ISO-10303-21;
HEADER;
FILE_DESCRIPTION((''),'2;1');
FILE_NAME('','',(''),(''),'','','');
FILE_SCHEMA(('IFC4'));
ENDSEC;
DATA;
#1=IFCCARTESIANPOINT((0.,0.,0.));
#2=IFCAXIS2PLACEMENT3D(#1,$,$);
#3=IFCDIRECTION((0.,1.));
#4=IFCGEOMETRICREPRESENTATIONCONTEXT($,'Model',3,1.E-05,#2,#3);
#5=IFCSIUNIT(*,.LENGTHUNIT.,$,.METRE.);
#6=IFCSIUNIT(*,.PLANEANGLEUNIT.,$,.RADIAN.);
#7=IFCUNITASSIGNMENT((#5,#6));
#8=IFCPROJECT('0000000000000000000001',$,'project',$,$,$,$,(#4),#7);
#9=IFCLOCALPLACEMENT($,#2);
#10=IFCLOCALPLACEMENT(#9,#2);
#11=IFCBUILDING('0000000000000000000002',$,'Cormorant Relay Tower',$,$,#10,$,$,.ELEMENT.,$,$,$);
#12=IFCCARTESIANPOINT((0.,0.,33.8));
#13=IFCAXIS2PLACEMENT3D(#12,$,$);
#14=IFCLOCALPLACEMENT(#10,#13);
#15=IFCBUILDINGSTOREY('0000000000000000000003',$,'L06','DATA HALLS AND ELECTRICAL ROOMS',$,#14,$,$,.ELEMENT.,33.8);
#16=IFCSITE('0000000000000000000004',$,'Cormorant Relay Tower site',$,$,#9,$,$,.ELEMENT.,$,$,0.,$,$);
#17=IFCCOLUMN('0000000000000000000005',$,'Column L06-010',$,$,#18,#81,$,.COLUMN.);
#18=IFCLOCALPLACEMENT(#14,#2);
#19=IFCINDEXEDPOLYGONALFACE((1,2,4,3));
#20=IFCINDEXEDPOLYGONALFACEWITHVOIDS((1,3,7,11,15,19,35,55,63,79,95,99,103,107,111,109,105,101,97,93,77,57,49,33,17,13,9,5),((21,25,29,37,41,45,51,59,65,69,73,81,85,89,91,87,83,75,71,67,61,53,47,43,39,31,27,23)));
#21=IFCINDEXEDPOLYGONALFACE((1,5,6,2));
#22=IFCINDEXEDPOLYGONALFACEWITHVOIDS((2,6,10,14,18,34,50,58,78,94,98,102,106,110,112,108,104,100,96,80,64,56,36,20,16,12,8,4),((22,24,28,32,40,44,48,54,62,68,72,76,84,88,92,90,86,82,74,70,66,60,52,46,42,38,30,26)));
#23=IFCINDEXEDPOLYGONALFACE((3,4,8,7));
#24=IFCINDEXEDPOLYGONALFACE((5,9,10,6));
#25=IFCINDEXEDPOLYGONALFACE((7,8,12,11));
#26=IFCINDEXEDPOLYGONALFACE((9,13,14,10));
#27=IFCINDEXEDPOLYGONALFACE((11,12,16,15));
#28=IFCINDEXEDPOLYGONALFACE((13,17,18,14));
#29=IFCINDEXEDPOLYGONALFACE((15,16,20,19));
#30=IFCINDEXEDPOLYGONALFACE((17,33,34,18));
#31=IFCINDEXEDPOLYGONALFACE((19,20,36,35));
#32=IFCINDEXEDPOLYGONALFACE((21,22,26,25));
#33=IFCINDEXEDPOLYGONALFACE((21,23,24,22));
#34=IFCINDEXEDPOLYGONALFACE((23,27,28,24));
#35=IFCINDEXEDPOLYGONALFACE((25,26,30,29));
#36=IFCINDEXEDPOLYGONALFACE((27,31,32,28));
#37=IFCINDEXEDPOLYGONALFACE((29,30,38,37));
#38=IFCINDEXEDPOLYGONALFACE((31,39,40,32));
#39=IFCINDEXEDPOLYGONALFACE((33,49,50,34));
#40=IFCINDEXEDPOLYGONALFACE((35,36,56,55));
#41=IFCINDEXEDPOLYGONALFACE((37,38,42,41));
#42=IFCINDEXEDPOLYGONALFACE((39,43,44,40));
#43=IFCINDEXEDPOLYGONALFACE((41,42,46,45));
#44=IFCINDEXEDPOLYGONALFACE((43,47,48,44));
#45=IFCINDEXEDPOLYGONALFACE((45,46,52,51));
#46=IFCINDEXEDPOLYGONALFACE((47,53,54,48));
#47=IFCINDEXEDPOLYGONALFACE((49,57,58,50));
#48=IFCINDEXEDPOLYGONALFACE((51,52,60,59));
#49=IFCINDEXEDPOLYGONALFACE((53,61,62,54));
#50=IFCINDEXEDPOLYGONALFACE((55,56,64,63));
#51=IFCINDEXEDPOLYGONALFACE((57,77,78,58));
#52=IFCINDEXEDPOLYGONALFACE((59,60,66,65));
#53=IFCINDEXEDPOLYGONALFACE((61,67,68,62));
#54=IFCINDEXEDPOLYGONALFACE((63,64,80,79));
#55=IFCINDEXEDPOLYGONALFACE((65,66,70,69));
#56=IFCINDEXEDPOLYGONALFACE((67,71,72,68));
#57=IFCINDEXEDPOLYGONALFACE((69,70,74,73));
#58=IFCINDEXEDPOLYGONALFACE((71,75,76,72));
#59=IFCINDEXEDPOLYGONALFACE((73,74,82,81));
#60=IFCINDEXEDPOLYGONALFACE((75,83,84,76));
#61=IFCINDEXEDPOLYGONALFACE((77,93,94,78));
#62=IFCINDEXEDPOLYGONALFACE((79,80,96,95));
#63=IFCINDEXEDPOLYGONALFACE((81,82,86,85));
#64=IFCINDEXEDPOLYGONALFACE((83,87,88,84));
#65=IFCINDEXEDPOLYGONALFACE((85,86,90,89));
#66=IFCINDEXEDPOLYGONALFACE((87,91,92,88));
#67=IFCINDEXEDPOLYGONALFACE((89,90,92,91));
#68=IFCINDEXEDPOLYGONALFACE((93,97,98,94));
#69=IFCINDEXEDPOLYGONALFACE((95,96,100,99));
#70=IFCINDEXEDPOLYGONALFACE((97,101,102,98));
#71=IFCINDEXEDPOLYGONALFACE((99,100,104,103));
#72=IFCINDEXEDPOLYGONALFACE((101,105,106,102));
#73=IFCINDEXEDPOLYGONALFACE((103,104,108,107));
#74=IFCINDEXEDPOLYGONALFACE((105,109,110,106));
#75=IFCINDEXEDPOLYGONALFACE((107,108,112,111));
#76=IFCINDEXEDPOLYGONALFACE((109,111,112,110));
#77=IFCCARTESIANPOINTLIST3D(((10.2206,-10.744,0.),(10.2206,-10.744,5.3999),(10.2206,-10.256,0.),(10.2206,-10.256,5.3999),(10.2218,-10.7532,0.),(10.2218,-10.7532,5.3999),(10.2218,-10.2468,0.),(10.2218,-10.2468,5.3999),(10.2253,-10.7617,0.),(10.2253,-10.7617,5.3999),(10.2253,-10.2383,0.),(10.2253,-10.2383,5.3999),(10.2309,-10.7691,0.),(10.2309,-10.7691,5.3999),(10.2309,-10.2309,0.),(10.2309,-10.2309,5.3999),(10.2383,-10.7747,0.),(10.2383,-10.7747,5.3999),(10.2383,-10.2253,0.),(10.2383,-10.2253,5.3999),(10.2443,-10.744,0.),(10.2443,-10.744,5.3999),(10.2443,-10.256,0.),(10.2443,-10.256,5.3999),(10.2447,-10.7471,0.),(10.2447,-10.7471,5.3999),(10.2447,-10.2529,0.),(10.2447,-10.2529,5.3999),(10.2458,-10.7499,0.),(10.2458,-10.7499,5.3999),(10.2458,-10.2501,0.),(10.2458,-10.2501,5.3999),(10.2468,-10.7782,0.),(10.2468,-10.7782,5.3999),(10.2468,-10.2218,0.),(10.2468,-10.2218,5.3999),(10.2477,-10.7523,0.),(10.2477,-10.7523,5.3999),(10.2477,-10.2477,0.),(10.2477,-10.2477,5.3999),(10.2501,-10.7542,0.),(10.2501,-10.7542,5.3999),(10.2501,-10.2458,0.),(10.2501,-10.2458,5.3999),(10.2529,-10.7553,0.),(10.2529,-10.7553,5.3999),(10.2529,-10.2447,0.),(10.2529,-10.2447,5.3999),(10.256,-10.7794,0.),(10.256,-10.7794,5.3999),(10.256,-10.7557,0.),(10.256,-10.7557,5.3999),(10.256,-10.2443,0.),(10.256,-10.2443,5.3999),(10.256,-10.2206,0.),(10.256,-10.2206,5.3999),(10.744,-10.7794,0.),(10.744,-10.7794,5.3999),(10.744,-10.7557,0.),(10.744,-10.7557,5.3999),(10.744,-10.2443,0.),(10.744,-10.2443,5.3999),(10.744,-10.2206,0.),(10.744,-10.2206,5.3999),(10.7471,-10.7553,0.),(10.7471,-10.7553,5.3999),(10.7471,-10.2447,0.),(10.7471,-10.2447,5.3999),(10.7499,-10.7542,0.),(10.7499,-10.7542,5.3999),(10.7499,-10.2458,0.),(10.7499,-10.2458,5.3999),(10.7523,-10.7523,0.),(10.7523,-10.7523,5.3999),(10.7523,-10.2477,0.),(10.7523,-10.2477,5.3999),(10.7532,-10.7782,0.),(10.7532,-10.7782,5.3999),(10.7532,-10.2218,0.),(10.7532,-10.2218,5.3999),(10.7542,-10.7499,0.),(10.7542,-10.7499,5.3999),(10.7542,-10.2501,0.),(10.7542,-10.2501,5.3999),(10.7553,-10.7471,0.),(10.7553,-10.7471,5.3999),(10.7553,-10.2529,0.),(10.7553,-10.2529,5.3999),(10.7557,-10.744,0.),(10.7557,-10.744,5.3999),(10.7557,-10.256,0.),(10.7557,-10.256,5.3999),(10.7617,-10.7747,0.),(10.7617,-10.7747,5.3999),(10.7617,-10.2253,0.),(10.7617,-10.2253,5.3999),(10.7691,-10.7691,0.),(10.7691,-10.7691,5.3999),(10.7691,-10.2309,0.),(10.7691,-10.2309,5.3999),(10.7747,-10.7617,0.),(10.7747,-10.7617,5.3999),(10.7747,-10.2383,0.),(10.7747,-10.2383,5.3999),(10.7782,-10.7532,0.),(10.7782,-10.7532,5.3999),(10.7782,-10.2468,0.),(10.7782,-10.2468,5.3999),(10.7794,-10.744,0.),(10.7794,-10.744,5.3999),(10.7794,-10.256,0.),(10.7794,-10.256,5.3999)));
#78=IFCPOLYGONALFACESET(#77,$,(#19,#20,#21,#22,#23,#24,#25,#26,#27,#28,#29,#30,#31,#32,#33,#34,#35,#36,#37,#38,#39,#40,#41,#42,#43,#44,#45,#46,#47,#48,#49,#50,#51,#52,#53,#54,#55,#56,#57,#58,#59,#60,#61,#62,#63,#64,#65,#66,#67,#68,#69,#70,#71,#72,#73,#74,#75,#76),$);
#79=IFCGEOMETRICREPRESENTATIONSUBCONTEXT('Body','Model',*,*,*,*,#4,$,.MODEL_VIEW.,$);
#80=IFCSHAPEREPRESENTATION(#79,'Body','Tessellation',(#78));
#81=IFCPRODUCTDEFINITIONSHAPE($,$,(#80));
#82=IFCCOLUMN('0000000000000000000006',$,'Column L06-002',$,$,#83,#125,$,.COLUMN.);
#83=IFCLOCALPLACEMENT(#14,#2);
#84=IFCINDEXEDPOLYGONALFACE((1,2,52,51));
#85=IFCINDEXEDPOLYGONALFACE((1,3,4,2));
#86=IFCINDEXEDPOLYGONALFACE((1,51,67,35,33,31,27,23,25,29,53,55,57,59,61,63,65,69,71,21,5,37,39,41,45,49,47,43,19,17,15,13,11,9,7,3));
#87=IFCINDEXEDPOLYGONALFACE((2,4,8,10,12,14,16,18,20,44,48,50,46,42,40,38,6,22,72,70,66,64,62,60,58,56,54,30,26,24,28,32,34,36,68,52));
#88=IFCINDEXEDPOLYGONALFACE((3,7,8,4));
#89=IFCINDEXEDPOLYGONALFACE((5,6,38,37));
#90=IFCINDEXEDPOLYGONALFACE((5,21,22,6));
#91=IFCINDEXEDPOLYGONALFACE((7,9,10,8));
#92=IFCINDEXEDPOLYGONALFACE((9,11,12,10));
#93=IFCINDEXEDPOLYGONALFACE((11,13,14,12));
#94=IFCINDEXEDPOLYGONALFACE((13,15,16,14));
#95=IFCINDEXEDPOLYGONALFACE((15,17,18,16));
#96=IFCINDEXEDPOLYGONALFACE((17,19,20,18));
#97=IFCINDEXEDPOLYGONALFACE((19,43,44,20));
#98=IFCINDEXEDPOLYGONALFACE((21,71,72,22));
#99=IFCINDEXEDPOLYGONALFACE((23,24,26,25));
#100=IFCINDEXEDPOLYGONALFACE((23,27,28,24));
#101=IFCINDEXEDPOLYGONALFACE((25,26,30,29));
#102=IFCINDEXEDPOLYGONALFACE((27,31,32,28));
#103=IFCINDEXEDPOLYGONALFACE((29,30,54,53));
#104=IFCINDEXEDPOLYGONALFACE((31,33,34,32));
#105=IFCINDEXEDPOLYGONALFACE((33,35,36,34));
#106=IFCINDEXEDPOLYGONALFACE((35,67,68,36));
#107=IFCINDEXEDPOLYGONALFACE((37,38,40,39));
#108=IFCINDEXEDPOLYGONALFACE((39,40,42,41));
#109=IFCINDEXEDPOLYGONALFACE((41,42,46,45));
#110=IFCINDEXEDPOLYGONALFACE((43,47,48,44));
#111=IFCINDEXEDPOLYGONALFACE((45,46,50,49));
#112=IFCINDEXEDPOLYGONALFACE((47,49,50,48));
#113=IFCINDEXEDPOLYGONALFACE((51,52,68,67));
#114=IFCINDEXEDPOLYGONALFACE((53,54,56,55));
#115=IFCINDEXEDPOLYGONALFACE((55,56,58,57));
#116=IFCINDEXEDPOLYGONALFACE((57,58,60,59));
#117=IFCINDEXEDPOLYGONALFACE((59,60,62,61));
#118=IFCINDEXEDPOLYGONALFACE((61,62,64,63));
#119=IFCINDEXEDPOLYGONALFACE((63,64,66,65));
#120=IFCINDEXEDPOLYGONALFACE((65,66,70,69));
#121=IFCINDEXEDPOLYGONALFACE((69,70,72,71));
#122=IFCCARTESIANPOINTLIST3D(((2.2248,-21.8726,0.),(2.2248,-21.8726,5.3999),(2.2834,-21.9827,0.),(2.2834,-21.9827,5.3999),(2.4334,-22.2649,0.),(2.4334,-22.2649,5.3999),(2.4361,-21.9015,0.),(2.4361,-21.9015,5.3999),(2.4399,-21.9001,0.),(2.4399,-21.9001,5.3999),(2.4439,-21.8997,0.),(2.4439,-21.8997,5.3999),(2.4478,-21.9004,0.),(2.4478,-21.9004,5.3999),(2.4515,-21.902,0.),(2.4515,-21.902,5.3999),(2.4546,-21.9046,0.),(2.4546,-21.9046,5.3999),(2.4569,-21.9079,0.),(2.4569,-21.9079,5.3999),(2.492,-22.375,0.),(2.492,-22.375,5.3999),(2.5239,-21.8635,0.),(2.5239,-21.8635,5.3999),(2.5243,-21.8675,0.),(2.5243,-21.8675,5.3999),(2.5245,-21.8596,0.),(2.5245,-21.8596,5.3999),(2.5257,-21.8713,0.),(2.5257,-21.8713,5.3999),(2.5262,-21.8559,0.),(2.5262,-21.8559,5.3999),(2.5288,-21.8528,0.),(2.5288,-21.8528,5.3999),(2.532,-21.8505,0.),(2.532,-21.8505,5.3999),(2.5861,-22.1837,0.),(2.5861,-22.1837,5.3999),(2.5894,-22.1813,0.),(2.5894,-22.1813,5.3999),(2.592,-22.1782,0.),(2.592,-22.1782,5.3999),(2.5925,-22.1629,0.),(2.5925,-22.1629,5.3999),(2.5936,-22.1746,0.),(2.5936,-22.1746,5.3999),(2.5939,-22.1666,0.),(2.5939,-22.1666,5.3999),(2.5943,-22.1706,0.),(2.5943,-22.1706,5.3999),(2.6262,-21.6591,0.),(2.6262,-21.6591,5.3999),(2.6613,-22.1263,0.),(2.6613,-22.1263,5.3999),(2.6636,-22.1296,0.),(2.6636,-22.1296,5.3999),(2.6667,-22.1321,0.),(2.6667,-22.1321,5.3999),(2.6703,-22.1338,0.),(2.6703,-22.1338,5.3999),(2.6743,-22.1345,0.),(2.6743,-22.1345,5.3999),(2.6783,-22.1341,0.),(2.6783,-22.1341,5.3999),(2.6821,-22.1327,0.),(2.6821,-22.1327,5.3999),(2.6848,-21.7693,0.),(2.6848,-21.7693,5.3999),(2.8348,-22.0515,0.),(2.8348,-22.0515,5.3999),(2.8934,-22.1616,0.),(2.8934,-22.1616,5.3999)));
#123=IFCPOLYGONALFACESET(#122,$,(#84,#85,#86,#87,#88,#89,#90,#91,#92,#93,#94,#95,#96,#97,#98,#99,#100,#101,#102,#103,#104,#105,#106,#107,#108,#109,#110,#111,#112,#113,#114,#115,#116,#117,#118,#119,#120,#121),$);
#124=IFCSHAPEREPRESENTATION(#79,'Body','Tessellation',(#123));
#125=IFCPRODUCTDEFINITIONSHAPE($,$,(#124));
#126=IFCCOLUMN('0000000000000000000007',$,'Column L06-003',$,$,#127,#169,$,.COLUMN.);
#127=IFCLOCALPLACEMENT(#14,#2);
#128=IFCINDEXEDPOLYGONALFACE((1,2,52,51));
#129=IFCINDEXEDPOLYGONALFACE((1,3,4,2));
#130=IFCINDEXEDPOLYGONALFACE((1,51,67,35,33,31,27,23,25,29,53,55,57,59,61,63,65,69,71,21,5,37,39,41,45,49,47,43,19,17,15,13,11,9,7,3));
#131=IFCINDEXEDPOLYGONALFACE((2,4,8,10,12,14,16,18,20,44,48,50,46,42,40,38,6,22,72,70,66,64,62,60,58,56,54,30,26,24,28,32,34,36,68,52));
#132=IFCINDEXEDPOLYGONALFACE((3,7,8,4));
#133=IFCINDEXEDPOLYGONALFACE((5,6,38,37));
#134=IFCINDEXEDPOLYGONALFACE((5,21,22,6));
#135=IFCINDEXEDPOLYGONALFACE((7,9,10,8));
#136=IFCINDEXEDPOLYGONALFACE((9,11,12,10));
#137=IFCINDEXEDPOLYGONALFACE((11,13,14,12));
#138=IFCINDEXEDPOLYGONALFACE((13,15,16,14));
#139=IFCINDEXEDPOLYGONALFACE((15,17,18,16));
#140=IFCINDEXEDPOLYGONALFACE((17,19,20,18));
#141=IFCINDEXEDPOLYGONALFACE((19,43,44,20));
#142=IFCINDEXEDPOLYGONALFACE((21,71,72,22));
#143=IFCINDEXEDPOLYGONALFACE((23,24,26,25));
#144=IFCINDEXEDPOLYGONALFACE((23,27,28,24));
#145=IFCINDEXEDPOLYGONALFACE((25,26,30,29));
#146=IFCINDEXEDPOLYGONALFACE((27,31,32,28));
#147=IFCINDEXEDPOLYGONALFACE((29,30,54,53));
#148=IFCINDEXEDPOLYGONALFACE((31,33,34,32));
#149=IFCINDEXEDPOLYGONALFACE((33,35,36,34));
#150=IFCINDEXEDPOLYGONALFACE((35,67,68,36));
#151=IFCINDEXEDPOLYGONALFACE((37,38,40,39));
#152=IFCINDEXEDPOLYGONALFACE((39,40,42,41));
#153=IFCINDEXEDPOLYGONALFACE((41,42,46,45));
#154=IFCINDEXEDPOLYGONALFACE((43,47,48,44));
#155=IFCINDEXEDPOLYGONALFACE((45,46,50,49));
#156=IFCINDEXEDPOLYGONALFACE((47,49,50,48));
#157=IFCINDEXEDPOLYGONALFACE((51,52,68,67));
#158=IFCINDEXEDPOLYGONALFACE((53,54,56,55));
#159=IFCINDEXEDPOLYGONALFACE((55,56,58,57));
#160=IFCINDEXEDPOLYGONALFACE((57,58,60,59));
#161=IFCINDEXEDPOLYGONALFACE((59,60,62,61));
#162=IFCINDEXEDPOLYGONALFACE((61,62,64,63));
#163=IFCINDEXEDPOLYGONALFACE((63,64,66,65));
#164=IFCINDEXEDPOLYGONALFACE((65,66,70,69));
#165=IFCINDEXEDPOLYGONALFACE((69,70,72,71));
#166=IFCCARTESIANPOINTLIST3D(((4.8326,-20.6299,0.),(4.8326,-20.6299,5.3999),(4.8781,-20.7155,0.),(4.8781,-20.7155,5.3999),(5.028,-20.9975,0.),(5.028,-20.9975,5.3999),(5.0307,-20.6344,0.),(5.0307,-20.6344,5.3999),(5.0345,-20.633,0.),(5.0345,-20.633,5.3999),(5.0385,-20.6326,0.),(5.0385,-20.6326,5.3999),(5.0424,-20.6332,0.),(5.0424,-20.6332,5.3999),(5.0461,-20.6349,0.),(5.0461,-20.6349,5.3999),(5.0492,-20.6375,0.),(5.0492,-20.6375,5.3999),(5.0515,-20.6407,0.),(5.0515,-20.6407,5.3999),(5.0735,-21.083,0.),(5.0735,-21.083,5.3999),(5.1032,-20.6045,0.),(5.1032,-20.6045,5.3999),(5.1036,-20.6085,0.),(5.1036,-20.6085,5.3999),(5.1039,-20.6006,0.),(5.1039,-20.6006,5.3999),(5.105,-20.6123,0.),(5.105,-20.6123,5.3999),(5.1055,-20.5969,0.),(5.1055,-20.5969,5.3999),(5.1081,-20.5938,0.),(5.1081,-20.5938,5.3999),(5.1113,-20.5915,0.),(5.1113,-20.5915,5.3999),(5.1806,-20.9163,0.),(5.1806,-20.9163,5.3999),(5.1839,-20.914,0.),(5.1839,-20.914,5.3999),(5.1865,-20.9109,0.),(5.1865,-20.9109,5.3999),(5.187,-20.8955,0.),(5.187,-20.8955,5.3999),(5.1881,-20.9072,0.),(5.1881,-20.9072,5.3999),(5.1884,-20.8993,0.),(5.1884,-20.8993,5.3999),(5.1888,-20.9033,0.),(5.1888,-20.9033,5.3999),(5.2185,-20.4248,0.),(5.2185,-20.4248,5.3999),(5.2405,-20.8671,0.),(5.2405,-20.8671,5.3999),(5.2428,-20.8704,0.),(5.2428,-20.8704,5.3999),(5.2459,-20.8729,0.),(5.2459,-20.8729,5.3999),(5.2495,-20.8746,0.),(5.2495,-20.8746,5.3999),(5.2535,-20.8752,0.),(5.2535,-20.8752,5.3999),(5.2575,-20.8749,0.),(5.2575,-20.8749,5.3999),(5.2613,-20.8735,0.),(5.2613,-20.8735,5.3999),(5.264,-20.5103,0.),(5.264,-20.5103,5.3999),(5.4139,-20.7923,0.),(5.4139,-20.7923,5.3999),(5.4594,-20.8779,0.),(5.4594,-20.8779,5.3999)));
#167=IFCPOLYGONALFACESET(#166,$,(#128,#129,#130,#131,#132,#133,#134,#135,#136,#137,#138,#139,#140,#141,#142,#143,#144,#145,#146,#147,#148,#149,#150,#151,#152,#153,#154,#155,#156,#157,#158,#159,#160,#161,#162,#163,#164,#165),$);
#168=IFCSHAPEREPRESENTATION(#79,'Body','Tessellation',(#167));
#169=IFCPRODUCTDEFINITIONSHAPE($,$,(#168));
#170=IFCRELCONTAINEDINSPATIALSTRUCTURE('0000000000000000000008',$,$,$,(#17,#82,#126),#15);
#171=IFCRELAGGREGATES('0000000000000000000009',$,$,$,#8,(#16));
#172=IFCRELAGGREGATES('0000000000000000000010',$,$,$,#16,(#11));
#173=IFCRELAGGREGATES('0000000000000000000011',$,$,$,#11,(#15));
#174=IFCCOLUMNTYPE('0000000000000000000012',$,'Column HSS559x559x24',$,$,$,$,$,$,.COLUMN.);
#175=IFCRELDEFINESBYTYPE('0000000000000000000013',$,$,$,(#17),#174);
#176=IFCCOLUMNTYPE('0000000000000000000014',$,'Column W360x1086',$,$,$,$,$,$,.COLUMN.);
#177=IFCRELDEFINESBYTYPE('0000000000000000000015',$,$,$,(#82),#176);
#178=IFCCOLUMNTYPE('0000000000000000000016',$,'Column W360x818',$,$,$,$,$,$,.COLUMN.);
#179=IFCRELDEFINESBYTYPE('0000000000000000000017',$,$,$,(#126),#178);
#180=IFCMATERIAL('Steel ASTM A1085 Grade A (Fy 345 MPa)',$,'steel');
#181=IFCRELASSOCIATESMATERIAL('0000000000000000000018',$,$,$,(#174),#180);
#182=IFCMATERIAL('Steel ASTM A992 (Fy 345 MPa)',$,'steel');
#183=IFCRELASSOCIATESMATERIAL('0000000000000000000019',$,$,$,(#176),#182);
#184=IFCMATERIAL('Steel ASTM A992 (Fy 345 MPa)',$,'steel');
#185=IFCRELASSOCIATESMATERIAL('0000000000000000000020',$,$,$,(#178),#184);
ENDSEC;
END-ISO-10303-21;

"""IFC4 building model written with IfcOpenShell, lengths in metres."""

from ifc_helpers import new_model, si_unit, direction, frame, origin, origin_2d, place, context, subcontext, project, spatial, hollow_rectangle, i_section, extrude, material, material_profile, profile_set, type_object, element, save


model = new_model("IFC4")

# Units and contexts
model_context = context("Model", 3, precision=1e-05, world=origin(), true_north=direction((0.0, 1.0)))
body_context = subcontext(model_context, "Body", "Model", "MODEL_VIEW")
ifc_project = project(units=[si_unit("LENGTHUNIT", "METRE"), si_unit("PLANEANGLEUNIT", "RADIAN")], contexts=[model_context])

# Site, building, storey
site_placement = place(None, origin())
site = spatial("IfcSite", under=ifc_project, at=site_placement, Name="Cormorant Relay Tower site", CompositionType="ELEMENT", RefElevation=0.0)
building_placement = place(site_placement, origin())
building = spatial("IfcBuilding", under=site, at=building_placement, Name="Cormorant Relay Tower", CompositionType="ELEMENT")
storey_placement = place(building_placement, frame((0.0, 0.0, 33.8)))
storey = spatial("IfcBuildingStorey", under=building, at=storey_placement, Name="L06", Description="DATA HALLS AND ELECTRICAL ROOMS", CompositionType="ELEMENT", Elevation=33.8)

# Columns
ifc_material_1 = material(Name="Steel ASTM A1085 Grade A (Fy 345 MPa)", Category="steel")
ifc_material_profile_1 = material_profile(ifc_material_1, hollow_rectangle(XDim=0.5588, YDim=0.5588, WallThickness=0.0237, InnerFilletRadius=0.0117, OuterFilletRadius=0.0354, at=origin_2d()), Name="HSS559x559x24")
ifc_profile_set_1 = profile_set([ifc_material_profile_1], Name="Steel ASTM A1085 Grade A (Fy 345 MPa)")
column_type_1 = type_object("IfcColumnType", Name="Column HSS559x559x24", PredefinedType="COLUMN", material=ifc_profile_set_1)
column_1_placement = place(storey_placement, frame((10.5, -10.5, 0.0), z_axis=(0.0, 0.0, 1.0), x_axis=(1.0, 0.0, 0.0)))
element("IfcColumn", 1, at=column_1_placement, inside=storey, type_object=column_type_1, Name="Column L06-010", PredefinedType="COLUMN", context=body_context, shape_type="SweptSolid", body=[
    extrude(hollow_rectangle(XDim=0.5588, YDim=0.5588, WallThickness=0.0237, InnerFilletRadius=0.0117, OuterFilletRadius=0.0354, at=origin_2d()), origin(), (0.0, 0.0, 1.0), 5.3999),
])
ifc_material_2 = material(Name="Steel ASTM A992 (Fy 345 MPa)", Category="steel")
ifc_material_profile_2 = material_profile(ifc_material_2, i_section(OverallWidth=0.4546, OverallDepth=0.5691, WebThickness=0.0779, FlangeThickness=0.1248, FilletRadius=0.0154, at=origin_2d()), Name="W360x1086")
ifc_profile_set_2 = profile_set([ifc_material_profile_2], Name="Steel ASTM A992 (Fy 345 MPa)")
column_type_2 = type_object("IfcColumnType", Name="Column W360x1086", PredefinedType="COLUMN", material=ifc_profile_set_2)
column_2_placement = place(storey_placement, frame((2.5591, -22.0171, 0.0), z_axis=(0.0, 0.0, 1.0), x_axis=(0.882948, 0.469472, 0.0)))
element("IfcColumn", 2, at=column_2_placement, inside=storey, type_object=column_type_2, Name="Column L06-002", PredefinedType="COLUMN", context=body_context, shape_type="SweptSolid", body=[
    extrude(i_section(OverallWidth=0.4546, OverallDepth=0.5691, WebThickness=0.0779, FlangeThickness=0.1248, FilletRadius=0.0154, at=origin_2d()), origin(), (0.0, 0.0, 1.0), 5.3999),
])
ifc_material_3 = material(Name="Steel ASTM A992 (Fy 345 MPa)", Category="steel")
ifc_material_profile_3 = material_profile(ifc_material_3, i_section(OverallWidth=0.437, OverallDepth=0.5132, WebThickness=0.0605, FlangeThickness=0.0969, FilletRadius=0.0154, at=origin_2d()), Name="W360x818")
ifc_profile_set_3 = profile_set([ifc_material_profile_3], Name="Steel ASTM A992 (Fy 345 MPa)")
column_type_3 = type_object("IfcColumnType", Name="Column W360x818", PredefinedType="COLUMN", material=ifc_profile_set_3)
for number, where, z_axis, x_axis, name in (
    (3, (5.146, -20.7539, 0.0), (0.0, 0.0, 1.0), (0.882948, 0.469472, 0.0), "Column L06-003"),
):
    element("IfcColumn", number, at=place(storey_placement, frame(where, z_axis=z_axis, x_axis=x_axis)), inside=storey, type_object=column_type_3, Name=name, PredefinedType="COLUMN", context=body_context, shape_type="SweptSolid", body=[
        extrude(i_section(OverallWidth=0.437, OverallDepth=0.5132, WebThickness=0.0605, FlangeThickness=0.0969, FilletRadius=0.0154, at=origin_2d()), origin(), (0.0, 0.0, 1.0), 5.3999),
    ])

save(model, "model.ifc")
